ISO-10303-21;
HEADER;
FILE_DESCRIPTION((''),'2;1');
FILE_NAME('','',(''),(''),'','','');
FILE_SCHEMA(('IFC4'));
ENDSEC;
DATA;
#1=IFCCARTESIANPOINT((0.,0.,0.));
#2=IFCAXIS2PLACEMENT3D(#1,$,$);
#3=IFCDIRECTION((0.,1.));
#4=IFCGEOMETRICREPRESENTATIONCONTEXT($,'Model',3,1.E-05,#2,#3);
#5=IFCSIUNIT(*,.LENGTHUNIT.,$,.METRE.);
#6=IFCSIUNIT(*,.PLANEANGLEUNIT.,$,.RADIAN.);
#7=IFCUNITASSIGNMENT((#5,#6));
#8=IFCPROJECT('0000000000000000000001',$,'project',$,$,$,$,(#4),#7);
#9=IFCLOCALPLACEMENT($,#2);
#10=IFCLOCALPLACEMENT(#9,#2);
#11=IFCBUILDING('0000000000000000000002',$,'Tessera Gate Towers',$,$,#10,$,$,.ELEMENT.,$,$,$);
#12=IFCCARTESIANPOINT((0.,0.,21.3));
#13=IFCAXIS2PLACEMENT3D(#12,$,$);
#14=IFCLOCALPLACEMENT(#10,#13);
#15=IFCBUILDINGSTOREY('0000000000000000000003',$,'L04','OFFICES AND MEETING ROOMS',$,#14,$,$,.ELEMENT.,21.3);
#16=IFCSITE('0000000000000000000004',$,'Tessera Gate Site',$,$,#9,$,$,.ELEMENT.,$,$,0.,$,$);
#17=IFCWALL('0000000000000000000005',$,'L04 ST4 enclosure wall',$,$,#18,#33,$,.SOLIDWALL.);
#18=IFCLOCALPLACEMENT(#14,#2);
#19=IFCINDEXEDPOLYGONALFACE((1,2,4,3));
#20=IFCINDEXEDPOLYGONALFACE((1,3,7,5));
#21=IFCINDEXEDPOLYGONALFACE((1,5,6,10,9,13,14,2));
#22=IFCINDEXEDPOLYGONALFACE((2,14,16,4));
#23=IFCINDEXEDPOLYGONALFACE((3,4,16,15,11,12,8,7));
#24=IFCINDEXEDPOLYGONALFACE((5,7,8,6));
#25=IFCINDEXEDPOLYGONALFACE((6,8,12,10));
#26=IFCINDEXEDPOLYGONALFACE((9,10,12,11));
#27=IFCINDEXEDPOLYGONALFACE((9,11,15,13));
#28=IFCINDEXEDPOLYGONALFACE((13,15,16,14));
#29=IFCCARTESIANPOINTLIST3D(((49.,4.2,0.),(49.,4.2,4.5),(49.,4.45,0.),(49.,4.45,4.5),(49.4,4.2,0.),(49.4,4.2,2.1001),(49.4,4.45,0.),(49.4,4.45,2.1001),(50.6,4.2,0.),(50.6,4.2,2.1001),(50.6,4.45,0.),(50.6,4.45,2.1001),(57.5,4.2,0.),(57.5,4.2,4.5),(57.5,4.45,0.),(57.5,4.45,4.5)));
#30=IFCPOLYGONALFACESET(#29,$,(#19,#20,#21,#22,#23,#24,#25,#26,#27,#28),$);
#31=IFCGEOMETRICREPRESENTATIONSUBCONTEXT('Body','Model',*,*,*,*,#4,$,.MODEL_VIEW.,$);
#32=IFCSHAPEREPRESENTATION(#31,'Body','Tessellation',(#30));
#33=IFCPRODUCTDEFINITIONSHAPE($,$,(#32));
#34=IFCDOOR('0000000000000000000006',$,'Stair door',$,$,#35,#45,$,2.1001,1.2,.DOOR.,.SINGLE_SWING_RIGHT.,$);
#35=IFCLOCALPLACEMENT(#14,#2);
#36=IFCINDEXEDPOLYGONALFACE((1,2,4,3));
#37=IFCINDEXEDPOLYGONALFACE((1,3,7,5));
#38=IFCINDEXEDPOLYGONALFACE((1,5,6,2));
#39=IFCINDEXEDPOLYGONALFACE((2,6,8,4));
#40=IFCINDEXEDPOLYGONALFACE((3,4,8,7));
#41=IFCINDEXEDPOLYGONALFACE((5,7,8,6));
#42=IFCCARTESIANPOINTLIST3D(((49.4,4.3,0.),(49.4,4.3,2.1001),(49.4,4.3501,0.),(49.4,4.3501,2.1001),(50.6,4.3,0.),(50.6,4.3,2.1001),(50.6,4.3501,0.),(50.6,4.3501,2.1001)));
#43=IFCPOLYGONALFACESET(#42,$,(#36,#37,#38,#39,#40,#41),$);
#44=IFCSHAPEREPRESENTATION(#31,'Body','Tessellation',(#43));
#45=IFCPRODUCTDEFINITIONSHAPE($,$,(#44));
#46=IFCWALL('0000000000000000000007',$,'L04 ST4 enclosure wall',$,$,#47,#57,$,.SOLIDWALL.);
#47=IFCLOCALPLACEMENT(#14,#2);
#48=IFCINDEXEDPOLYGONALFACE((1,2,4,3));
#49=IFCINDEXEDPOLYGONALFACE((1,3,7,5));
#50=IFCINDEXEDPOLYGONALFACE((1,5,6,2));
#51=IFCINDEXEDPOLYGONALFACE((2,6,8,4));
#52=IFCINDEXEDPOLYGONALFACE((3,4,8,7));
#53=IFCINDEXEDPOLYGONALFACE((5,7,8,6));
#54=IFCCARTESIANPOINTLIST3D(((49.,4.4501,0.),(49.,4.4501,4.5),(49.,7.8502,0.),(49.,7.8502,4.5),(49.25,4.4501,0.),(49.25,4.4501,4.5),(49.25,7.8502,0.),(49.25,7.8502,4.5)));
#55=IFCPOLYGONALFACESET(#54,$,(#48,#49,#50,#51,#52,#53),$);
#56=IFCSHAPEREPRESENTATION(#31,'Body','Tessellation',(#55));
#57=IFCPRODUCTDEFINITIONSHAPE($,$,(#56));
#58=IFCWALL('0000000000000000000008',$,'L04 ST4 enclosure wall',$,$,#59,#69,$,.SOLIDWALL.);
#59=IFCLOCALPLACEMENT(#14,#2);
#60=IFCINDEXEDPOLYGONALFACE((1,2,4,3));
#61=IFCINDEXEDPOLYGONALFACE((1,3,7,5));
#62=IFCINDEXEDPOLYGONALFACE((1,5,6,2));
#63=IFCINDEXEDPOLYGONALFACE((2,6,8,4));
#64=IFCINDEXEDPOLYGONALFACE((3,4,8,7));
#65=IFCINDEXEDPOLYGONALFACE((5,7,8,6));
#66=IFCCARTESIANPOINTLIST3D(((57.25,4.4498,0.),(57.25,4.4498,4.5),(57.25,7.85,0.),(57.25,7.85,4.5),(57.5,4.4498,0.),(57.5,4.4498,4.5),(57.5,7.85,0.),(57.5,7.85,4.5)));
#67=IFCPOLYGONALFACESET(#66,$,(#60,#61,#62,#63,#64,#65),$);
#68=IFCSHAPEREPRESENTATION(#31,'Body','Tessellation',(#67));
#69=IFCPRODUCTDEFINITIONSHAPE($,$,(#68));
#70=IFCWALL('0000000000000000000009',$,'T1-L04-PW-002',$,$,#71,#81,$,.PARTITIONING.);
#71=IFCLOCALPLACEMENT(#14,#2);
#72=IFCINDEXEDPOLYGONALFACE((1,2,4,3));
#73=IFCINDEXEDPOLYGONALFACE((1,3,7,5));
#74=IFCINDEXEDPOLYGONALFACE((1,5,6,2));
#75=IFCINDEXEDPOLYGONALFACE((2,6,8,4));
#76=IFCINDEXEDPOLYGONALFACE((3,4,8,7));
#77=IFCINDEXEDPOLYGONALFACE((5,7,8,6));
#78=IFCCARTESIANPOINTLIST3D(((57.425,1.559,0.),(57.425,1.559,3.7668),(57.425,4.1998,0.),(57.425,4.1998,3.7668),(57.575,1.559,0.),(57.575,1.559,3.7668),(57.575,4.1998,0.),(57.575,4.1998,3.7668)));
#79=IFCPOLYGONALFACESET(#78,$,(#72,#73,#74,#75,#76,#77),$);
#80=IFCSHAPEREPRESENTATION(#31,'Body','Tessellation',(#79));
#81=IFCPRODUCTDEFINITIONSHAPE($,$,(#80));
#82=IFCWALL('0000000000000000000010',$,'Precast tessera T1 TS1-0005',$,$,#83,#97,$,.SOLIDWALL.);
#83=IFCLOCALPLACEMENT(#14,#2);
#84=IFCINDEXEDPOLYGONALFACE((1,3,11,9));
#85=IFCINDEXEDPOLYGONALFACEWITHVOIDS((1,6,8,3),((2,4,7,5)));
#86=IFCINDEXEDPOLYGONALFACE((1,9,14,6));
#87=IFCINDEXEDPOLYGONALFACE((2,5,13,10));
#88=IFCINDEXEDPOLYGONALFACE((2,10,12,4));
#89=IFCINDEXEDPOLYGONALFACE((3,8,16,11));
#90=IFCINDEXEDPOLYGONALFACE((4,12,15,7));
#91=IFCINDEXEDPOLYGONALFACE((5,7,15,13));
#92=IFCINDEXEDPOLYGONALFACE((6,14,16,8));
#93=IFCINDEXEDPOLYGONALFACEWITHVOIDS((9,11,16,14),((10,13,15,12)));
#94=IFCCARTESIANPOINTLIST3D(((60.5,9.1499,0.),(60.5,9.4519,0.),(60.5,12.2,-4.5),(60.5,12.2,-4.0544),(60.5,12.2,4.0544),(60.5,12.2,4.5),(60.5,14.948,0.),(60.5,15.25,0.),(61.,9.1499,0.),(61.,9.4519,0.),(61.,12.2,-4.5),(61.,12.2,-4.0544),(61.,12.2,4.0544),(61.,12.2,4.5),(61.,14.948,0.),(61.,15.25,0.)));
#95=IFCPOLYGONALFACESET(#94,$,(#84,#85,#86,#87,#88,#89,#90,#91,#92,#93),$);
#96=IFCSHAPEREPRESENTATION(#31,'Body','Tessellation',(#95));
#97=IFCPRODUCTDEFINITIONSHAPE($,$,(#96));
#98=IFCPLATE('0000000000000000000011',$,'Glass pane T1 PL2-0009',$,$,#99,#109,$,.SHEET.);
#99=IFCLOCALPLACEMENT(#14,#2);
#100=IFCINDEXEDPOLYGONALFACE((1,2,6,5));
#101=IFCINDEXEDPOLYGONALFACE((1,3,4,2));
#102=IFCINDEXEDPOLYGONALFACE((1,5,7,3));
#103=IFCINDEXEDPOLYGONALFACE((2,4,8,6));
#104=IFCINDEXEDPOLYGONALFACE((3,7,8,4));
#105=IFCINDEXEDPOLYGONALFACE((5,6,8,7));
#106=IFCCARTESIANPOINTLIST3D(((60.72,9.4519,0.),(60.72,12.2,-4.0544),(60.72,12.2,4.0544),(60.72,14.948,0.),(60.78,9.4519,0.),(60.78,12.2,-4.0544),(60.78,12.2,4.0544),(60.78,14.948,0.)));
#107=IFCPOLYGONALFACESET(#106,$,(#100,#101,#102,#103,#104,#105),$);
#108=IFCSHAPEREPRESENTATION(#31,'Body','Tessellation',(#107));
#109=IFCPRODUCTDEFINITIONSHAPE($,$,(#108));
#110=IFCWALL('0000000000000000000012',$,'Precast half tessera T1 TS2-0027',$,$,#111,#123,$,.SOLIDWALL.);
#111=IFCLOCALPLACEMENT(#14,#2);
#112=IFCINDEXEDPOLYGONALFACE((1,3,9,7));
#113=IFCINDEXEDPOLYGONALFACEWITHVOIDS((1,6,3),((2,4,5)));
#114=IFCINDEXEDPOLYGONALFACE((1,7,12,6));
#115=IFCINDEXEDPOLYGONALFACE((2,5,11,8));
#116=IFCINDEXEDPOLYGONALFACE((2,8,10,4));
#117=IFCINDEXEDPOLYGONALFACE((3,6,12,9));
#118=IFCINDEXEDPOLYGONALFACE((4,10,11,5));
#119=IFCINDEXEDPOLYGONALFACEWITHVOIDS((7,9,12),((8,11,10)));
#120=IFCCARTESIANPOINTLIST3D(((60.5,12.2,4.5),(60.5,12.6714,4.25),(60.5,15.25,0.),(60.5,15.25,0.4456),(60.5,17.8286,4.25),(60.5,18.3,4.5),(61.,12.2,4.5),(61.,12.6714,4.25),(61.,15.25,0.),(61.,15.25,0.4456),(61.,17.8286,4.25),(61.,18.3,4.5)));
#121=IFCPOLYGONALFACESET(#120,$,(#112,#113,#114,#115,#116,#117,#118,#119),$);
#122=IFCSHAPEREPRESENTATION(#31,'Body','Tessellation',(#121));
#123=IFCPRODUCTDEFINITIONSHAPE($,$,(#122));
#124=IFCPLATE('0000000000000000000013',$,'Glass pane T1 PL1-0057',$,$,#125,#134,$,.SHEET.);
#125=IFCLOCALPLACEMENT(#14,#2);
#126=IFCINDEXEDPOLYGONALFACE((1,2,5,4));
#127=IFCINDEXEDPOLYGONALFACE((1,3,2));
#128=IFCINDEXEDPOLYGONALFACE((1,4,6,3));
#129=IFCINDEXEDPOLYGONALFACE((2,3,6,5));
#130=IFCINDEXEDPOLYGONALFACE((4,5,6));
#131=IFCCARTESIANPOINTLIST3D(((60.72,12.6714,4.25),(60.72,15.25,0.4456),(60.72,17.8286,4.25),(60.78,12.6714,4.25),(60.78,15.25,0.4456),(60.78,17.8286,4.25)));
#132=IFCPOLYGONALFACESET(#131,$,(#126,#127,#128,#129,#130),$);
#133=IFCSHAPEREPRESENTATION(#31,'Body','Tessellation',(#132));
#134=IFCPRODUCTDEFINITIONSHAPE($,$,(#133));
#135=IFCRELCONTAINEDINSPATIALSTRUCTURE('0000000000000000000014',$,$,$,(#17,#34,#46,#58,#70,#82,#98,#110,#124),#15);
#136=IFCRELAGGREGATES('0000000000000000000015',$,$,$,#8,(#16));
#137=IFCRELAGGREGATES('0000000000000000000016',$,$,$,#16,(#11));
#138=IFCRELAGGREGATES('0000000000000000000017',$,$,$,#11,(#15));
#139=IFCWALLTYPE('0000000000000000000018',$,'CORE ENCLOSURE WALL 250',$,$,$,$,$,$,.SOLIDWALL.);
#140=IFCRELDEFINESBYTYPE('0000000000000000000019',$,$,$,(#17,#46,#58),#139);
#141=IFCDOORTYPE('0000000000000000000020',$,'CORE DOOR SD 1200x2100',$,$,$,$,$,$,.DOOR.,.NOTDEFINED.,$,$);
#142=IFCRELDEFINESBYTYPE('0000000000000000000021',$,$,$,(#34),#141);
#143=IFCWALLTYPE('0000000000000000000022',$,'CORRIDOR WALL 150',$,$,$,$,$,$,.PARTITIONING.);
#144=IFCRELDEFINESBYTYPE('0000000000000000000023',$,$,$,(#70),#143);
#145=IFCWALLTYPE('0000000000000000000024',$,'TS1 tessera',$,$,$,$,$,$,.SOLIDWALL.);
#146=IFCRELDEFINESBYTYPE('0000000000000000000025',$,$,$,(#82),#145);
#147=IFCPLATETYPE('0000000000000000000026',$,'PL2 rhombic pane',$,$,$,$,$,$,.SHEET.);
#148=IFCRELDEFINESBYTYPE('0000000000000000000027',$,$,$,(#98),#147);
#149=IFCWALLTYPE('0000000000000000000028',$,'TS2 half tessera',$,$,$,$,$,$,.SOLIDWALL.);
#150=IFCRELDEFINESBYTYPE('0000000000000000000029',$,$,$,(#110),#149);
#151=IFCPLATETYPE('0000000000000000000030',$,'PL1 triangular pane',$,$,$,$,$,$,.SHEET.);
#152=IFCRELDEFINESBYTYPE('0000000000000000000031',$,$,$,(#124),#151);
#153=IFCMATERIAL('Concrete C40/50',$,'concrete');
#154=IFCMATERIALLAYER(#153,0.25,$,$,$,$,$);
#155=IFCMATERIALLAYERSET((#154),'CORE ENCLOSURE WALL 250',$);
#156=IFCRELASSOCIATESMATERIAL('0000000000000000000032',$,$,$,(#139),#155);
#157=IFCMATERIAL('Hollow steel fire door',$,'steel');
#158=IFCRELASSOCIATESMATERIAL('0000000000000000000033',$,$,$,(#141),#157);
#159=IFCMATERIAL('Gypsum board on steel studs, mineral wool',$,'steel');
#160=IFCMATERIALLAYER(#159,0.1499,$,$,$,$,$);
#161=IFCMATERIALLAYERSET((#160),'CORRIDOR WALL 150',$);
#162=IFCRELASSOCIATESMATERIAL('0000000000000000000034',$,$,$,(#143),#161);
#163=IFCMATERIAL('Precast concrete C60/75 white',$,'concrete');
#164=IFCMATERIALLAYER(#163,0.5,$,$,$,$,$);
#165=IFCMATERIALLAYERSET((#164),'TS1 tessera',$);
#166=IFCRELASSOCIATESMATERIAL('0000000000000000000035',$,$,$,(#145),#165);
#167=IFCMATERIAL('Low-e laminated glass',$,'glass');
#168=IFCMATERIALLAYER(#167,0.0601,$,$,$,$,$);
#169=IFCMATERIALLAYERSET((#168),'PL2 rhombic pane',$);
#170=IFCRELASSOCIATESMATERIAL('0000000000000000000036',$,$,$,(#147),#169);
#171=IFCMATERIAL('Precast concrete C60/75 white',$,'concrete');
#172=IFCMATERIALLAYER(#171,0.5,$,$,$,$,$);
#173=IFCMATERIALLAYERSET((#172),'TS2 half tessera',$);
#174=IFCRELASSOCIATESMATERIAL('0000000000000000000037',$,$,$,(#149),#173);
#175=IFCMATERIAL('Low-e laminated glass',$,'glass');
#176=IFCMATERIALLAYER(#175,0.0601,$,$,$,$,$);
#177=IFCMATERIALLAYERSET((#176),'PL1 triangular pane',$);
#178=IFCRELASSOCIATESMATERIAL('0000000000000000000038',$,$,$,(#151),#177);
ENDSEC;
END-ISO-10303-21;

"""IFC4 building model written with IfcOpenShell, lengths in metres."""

from ifc_helpers import new_model, si_unit, direction, frame, frame_2d, origin, place, context, subcontext, project, spatial, polyline, rectangle, outline, extrude, source, transform, mapped, material, layer, layer_set, type_object, element, fill, save


model = new_model("IFC4")

# Units and contexts
model_context = context("Model", 3, precision=1e-05, world=origin(), true_north=direction((0.0, 1.0)))
body_context = subcontext(model_context, "Body", "Model", "MODEL_VIEW")
ifc_project = project(units=[si_unit("LENGTHUNIT", "METRE"), si_unit("PLANEANGLEUNIT", "RADIAN")], contexts=[model_context])

# Site, building, storey
site_placement = place(None, origin())
site = spatial("IfcSite", under=ifc_project, at=site_placement, Name="Tessera Gate Site", CompositionType="ELEMENT", RefElevation=0.0)
building_placement = place(site_placement, origin())
building = spatial("IfcBuilding", under=site, at=building_placement, Name="Tessera Gate Towers", CompositionType="ELEMENT")
storey_placement = place(building_placement, frame((0.0, 0.0, 21.3)))
storey = spatial("IfcBuildingStorey", under=building, at=storey_placement, Name="L04", Description="OFFICES AND MEETING ROOMS", CompositionType="ELEMENT", Elevation=21.3)

# Wall, opening, door
ifc_material_1 = material(Name="Concrete C40/50", Category="concrete")
ifc_layer_1 = layer(ifc_material_1, 0.25)
ifc_layer_set_1 = layer_set([ifc_layer_1], Name="CORE ENCLOSURE WALL 250")
wall_type_1 = type_object("IfcWallType", Name="CORE ENCLOSURE WALL 250", PredefinedType="SOLIDWALL", material=ifc_layer_set_1)
wall_1_placement = place(storey_placement, frame((57.5, 4.325, 0.0), z_axis=(0.0, 0.0, 1.0), x_axis=(-1.0, 0.0, 0.0)))
wall_1 = element("IfcWall", 1, at=wall_1_placement, inside=storey, type_object=wall_type_1, Name="L04 ST4 enclosure wall", PredefinedType="SOLIDWALL", context=body_context, shape_type="SweptSolid", body=[
    extrude(rectangle(XDim=8.5, YDim=0.25, at=frame_2d((4.25, 0.0))), origin(), (0.0, 0.0, 1.0), 4.5),
])
shared_shape_1 = source(origin(), body_context, "Body", "SweptSolid", [
    extrude(rectangle(XDim=1.2, YDim=2.1001, at=frame_2d((0.6001, 1.05))), frame((0.0, 0.135, 0.0), z_axis=(0.0, -1.0, 0.0), x_axis=(1.0, 0.0, 0.0)), (0.0, 0.0, 1.0), 0.27),
])
opening_1_placement = place(wall_1_placement, frame((6.8999, 0.0, 0.0)))
opening_1 = element("IfcOpeningElement", 2, at=opening_1_placement, cuts=wall_1, PredefinedType="OPENING", context=body_context, shape_type="MappedRepresentation", body=[
    mapped(shared_shape_1, transform((0.0, 0.0, 0.0), scale=1.0)),
])
ifc_material_2 = material(Name="Hollow steel fire door", Category="steel")
door_type = type_object("IfcDoorType", Name="CORE DOOR SD 1200x2100", OperationType="NOTDEFINED", PredefinedType="DOOR", material=ifc_material_2)
shared_shape_2 = source(origin(), body_context, "Body", "SweptSolid", [
    extrude(rectangle(XDim=1.2, YDim=2.1001, at=frame_2d((0.6001, 1.05))), frame((0.0, 0.0249, 0.0), z_axis=(0.0, -1.0, 0.0), x_axis=(1.0, 0.0, 0.0)), (0.0, 0.0, 1.0), 0.05),
])
door_placement = place(opening_1_placement, origin())
door = element("IfcDoor", 3, at=door_placement, inside=storey, type_object=door_type, Name="Stair door", OperationType="SINGLE_SWING_RIGHT", OverallHeight=2.1001, OverallWidth=1.2, PredefinedType="DOOR", context=body_context, shape_type="MappedRepresentation", body=[
    mapped(shared_shape_2, transform((0.0, 0.0, 0.0), scale=1.0)),
])
fill(opening_1, door)

# Walls
for number, where, z_axis, x_axis, name in (
    (4, (49.125, 4.45, 0.0), (0.0, 0.0, 1.0), (0.0, 1.0, 0.0), "L04 ST4 enclosure wall"),
    (5, (57.375, 7.8501, 0.0), (0.0, 0.0, 1.0), (0.0, -1.0, 0.0), "L04 ST4 enclosure wall"),
):
    element("IfcWall", number, at=place(storey_placement, frame(where, z_axis=z_axis, x_axis=x_axis)), inside=storey, type_object=wall_type_1, Name=name, PredefinedType="SOLIDWALL", context=body_context, shape_type="SweptSolid", body=[
        extrude(rectangle(XDim=3.4001, YDim=0.25, at=frame_2d((1.7002, 0.0))), origin(), (0.0, 0.0, 1.0), 4.5),
    ])
ifc_material_3 = material(Name="Gypsum board on steel studs, mineral wool", Category="steel")
ifc_layer_2 = layer(ifc_material_3, 0.1499)
ifc_layer_set_2 = layer_set([ifc_layer_2], Name="CORRIDOR WALL 150")
wall_type_2 = type_object("IfcWallType", Name="CORRIDOR WALL 150", PredefinedType="PARTITIONING", material=ifc_layer_set_2)
wall_2_placement = place(storey_placement, frame((57.5, 1.5591, 0.0), z_axis=(0.0, 0.0, 1.0), x_axis=(0.0, 1.0, 0.0)))
element("IfcWall", 6, at=wall_2_placement, inside=storey, type_object=wall_type_2, Name="T1-L04-PW-002", PredefinedType="PARTITIONING", context=body_context, shape_type="SweptSolid", body=[
    extrude(rectangle(XDim=2.6409, YDim=0.1499, at=frame_2d((1.3203, 0.0))), origin(), (0.0, 0.0, 1.0), 3.7668),
])

# Walls, openings, plates
ifc_material_4 = material(Name="Precast concrete C60/75 white", Category="concrete")
ifc_layer_3 = layer(ifc_material_4, 0.5)
ifc_layer_set_3 = layer_set([ifc_layer_3], Name="TS1 tessera")
wall_type_3 = type_object("IfcWallType", Name="TS1 tessera", PredefinedType="SOLIDWALL", material=ifc_layer_set_3)
shared_shape_3 = source(origin(), body_context, "Body", "SweptSolid", [
    extrude(outline(polyline([(3.05, 0.0), (6.1001, 4.5), (3.05, 9.0), (0.0, 4.5), (3.05, 0.0)])), frame((0.0, 0.25, 0.0), z_axis=(0.0, -1.0, 0.0), x_axis=(1.0, 0.0, 0.0)), (0.0, 0.0, 1.0), 0.5),
])
wall_3_placement = place(storey_placement, frame((60.75, 9.1499, -4.5), z_axis=(0.0, 0.0, 1.0), x_axis=(0.0, 1.0, 0.0)))
wall_3 = element("IfcWall", 7, at=wall_3_placement, inside=storey, type_object=wall_type_3, Name="Precast tessera T1 TS1-0005", PredefinedType="SOLIDWALL", context=body_context, shape_type="MappedRepresentation", body=[
    mapped(shared_shape_3, transform((0.0, 0.0, 0.0), scale=1.0)),
])
shared_shape_4 = source(origin(), body_context, "Body", "SweptSolid", [
    extrude(outline(polyline([(3.05, 0.4456), (5.7981, 4.5), (3.05, 8.5544), (0.302, 4.5), (3.05, 0.4456)])), frame((0.0, 0.26, 0.0), z_axis=(0.0, -1.0, 0.0), x_axis=(1.0, 0.0, 0.0)), (0.0, 0.0, 1.0), 0.52),
])
opening_2_placement = place(wall_3_placement, origin())
opening_2 = element("IfcOpeningElement", 8, at=opening_2_placement, cuts=wall_3, PredefinedType="OPENING", context=body_context, shape_type="MappedRepresentation", body=[
    mapped(shared_shape_4, transform((0.0, 0.0, 0.0), scale=1.0)),
])
ifc_material_5 = material(Name="Low-e laminated glass", Category="glass")
ifc_layer_4 = layer(ifc_material_5, 0.0601)
ifc_layer_set_4 = layer_set([ifc_layer_4], Name="PL2 rhombic pane")
plate_type_1 = type_object("IfcPlateType", Name="PL2 rhombic pane", PredefinedType="SHEET", material=ifc_layer_set_4)
shared_shape_5 = source(origin(), body_context, "Body", "SweptSolid", [
    extrude(outline(polyline([(3.05, 0.4456), (5.7981, 4.5), (3.05, 8.5544), (0.302, 4.5), (3.05, 0.4456)])), frame((0.0, 0.03, 0.0), z_axis=(0.0, -1.0, 0.0), x_axis=(1.0, 0.0, 0.0)), (0.0, 0.0, 1.0), 0.0601),
])
plate_1_placement = place(opening_2_placement, origin())
plate_1 = element("IfcPlate", 9, at=plate_1_placement, inside=storey, type_object=plate_type_1, Name="Glass pane T1 PL2-0009", PredefinedType="SHEET", context=body_context, shape_type="MappedRepresentation", body=[
    mapped(shared_shape_5, transform((0.0, 0.0, 0.0), scale=1.0)),
])
fill(opening_2, plate_1)
ifc_material_6 = material(Name="Precast concrete C60/75 white", Category="concrete")
ifc_layer_5 = layer(ifc_material_6, 0.5)
ifc_layer_set_5 = layer_set([ifc_layer_5], Name="TS2 half tessera")
wall_type_4 = type_object("IfcWallType", Name="TS2 half tessera", PredefinedType="SOLIDWALL", material=ifc_layer_set_5)
shared_shape_6 = source(origin(), body_context, "Body", "SweptSolid", [
    extrude(outline(polyline([(3.05, 0.0), (6.1001, 4.5), (0.0, 4.5), (3.05, 0.0)])), frame((0.0, 0.25, 0.0), z_axis=(0.0, -1.0, 0.0), x_axis=(1.0, 0.0, 0.0)), (0.0, 0.0, 1.0), 0.5),
])
wall_4_placement = place(storey_placement, frame((60.75, 12.2, 0.0), z_axis=(0.0, 0.0, 1.0), x_axis=(0.0, 1.0, 0.0)))
wall_4 = element("IfcWall", 10, at=wall_4_placement, inside=storey, type_object=wall_type_4, Name="Precast half tessera T1 TS2-0027", PredefinedType="SOLIDWALL", context=body_context, shape_type="MappedRepresentation", body=[
    mapped(shared_shape_6, transform((0.0, 0.0, 0.0), scale=1.0)),
])
shared_shape_7 = source(origin(), body_context, "Body", "SweptSolid", [
    extrude(outline(polyline([(3.05, 0.4456), (5.6287, 4.25), (0.4714, 4.25), (3.05, 0.4456)])), frame((0.0, 0.26, 0.0), z_axis=(0.0, -1.0, 0.0), x_axis=(1.0, 0.0, 0.0)), (0.0, 0.0, 1.0), 0.52),
])
opening_3_placement = place(wall_4_placement, origin())
opening_3 = element("IfcOpeningElement", 11, at=opening_3_placement, cuts=wall_4, PredefinedType="OPENING", context=body_context, shape_type="MappedRepresentation", body=[
    mapped(shared_shape_7, transform((0.0, 0.0, 0.0), scale=1.0)),
])
ifc_material_7 = material(Name="Low-e laminated glass", Category="glass")
ifc_layer_6 = layer(ifc_material_7, 0.0601)
ifc_layer_set_6 = layer_set([ifc_layer_6], Name="PL1 triangular pane")
plate_type_2 = type_object("IfcPlateType", Name="PL1 triangular pane", PredefinedType="SHEET", material=ifc_layer_set_6)
shared_shape_8 = source(origin(), body_context, "Body", "SweptSolid", [
    extrude(outline(polyline([(3.05, 0.4456), (5.6287, 4.25), (0.4714, 4.25), (3.05, 0.4456)])), frame((0.0, 0.03, 0.0), z_axis=(0.0, -1.0, 0.0), x_axis=(1.0, 0.0, 0.0)), (0.0, 0.0, 1.0), 0.0601),
])
plate_2_placement = place(opening_3_placement, origin())
plate_2 = element("IfcPlate", 12, at=plate_2_placement, inside=storey, type_object=plate_type_2, Name="Glass pane T1 PL1-0057", PredefinedType="SHEET", context=body_context, shape_type="MappedRepresentation", body=[
    mapped(shared_shape_8, transform((0.0, 0.0, 0.0), scale=1.0)),
])
fill(opening_3, plate_2)

save(model, "model.ifc")
